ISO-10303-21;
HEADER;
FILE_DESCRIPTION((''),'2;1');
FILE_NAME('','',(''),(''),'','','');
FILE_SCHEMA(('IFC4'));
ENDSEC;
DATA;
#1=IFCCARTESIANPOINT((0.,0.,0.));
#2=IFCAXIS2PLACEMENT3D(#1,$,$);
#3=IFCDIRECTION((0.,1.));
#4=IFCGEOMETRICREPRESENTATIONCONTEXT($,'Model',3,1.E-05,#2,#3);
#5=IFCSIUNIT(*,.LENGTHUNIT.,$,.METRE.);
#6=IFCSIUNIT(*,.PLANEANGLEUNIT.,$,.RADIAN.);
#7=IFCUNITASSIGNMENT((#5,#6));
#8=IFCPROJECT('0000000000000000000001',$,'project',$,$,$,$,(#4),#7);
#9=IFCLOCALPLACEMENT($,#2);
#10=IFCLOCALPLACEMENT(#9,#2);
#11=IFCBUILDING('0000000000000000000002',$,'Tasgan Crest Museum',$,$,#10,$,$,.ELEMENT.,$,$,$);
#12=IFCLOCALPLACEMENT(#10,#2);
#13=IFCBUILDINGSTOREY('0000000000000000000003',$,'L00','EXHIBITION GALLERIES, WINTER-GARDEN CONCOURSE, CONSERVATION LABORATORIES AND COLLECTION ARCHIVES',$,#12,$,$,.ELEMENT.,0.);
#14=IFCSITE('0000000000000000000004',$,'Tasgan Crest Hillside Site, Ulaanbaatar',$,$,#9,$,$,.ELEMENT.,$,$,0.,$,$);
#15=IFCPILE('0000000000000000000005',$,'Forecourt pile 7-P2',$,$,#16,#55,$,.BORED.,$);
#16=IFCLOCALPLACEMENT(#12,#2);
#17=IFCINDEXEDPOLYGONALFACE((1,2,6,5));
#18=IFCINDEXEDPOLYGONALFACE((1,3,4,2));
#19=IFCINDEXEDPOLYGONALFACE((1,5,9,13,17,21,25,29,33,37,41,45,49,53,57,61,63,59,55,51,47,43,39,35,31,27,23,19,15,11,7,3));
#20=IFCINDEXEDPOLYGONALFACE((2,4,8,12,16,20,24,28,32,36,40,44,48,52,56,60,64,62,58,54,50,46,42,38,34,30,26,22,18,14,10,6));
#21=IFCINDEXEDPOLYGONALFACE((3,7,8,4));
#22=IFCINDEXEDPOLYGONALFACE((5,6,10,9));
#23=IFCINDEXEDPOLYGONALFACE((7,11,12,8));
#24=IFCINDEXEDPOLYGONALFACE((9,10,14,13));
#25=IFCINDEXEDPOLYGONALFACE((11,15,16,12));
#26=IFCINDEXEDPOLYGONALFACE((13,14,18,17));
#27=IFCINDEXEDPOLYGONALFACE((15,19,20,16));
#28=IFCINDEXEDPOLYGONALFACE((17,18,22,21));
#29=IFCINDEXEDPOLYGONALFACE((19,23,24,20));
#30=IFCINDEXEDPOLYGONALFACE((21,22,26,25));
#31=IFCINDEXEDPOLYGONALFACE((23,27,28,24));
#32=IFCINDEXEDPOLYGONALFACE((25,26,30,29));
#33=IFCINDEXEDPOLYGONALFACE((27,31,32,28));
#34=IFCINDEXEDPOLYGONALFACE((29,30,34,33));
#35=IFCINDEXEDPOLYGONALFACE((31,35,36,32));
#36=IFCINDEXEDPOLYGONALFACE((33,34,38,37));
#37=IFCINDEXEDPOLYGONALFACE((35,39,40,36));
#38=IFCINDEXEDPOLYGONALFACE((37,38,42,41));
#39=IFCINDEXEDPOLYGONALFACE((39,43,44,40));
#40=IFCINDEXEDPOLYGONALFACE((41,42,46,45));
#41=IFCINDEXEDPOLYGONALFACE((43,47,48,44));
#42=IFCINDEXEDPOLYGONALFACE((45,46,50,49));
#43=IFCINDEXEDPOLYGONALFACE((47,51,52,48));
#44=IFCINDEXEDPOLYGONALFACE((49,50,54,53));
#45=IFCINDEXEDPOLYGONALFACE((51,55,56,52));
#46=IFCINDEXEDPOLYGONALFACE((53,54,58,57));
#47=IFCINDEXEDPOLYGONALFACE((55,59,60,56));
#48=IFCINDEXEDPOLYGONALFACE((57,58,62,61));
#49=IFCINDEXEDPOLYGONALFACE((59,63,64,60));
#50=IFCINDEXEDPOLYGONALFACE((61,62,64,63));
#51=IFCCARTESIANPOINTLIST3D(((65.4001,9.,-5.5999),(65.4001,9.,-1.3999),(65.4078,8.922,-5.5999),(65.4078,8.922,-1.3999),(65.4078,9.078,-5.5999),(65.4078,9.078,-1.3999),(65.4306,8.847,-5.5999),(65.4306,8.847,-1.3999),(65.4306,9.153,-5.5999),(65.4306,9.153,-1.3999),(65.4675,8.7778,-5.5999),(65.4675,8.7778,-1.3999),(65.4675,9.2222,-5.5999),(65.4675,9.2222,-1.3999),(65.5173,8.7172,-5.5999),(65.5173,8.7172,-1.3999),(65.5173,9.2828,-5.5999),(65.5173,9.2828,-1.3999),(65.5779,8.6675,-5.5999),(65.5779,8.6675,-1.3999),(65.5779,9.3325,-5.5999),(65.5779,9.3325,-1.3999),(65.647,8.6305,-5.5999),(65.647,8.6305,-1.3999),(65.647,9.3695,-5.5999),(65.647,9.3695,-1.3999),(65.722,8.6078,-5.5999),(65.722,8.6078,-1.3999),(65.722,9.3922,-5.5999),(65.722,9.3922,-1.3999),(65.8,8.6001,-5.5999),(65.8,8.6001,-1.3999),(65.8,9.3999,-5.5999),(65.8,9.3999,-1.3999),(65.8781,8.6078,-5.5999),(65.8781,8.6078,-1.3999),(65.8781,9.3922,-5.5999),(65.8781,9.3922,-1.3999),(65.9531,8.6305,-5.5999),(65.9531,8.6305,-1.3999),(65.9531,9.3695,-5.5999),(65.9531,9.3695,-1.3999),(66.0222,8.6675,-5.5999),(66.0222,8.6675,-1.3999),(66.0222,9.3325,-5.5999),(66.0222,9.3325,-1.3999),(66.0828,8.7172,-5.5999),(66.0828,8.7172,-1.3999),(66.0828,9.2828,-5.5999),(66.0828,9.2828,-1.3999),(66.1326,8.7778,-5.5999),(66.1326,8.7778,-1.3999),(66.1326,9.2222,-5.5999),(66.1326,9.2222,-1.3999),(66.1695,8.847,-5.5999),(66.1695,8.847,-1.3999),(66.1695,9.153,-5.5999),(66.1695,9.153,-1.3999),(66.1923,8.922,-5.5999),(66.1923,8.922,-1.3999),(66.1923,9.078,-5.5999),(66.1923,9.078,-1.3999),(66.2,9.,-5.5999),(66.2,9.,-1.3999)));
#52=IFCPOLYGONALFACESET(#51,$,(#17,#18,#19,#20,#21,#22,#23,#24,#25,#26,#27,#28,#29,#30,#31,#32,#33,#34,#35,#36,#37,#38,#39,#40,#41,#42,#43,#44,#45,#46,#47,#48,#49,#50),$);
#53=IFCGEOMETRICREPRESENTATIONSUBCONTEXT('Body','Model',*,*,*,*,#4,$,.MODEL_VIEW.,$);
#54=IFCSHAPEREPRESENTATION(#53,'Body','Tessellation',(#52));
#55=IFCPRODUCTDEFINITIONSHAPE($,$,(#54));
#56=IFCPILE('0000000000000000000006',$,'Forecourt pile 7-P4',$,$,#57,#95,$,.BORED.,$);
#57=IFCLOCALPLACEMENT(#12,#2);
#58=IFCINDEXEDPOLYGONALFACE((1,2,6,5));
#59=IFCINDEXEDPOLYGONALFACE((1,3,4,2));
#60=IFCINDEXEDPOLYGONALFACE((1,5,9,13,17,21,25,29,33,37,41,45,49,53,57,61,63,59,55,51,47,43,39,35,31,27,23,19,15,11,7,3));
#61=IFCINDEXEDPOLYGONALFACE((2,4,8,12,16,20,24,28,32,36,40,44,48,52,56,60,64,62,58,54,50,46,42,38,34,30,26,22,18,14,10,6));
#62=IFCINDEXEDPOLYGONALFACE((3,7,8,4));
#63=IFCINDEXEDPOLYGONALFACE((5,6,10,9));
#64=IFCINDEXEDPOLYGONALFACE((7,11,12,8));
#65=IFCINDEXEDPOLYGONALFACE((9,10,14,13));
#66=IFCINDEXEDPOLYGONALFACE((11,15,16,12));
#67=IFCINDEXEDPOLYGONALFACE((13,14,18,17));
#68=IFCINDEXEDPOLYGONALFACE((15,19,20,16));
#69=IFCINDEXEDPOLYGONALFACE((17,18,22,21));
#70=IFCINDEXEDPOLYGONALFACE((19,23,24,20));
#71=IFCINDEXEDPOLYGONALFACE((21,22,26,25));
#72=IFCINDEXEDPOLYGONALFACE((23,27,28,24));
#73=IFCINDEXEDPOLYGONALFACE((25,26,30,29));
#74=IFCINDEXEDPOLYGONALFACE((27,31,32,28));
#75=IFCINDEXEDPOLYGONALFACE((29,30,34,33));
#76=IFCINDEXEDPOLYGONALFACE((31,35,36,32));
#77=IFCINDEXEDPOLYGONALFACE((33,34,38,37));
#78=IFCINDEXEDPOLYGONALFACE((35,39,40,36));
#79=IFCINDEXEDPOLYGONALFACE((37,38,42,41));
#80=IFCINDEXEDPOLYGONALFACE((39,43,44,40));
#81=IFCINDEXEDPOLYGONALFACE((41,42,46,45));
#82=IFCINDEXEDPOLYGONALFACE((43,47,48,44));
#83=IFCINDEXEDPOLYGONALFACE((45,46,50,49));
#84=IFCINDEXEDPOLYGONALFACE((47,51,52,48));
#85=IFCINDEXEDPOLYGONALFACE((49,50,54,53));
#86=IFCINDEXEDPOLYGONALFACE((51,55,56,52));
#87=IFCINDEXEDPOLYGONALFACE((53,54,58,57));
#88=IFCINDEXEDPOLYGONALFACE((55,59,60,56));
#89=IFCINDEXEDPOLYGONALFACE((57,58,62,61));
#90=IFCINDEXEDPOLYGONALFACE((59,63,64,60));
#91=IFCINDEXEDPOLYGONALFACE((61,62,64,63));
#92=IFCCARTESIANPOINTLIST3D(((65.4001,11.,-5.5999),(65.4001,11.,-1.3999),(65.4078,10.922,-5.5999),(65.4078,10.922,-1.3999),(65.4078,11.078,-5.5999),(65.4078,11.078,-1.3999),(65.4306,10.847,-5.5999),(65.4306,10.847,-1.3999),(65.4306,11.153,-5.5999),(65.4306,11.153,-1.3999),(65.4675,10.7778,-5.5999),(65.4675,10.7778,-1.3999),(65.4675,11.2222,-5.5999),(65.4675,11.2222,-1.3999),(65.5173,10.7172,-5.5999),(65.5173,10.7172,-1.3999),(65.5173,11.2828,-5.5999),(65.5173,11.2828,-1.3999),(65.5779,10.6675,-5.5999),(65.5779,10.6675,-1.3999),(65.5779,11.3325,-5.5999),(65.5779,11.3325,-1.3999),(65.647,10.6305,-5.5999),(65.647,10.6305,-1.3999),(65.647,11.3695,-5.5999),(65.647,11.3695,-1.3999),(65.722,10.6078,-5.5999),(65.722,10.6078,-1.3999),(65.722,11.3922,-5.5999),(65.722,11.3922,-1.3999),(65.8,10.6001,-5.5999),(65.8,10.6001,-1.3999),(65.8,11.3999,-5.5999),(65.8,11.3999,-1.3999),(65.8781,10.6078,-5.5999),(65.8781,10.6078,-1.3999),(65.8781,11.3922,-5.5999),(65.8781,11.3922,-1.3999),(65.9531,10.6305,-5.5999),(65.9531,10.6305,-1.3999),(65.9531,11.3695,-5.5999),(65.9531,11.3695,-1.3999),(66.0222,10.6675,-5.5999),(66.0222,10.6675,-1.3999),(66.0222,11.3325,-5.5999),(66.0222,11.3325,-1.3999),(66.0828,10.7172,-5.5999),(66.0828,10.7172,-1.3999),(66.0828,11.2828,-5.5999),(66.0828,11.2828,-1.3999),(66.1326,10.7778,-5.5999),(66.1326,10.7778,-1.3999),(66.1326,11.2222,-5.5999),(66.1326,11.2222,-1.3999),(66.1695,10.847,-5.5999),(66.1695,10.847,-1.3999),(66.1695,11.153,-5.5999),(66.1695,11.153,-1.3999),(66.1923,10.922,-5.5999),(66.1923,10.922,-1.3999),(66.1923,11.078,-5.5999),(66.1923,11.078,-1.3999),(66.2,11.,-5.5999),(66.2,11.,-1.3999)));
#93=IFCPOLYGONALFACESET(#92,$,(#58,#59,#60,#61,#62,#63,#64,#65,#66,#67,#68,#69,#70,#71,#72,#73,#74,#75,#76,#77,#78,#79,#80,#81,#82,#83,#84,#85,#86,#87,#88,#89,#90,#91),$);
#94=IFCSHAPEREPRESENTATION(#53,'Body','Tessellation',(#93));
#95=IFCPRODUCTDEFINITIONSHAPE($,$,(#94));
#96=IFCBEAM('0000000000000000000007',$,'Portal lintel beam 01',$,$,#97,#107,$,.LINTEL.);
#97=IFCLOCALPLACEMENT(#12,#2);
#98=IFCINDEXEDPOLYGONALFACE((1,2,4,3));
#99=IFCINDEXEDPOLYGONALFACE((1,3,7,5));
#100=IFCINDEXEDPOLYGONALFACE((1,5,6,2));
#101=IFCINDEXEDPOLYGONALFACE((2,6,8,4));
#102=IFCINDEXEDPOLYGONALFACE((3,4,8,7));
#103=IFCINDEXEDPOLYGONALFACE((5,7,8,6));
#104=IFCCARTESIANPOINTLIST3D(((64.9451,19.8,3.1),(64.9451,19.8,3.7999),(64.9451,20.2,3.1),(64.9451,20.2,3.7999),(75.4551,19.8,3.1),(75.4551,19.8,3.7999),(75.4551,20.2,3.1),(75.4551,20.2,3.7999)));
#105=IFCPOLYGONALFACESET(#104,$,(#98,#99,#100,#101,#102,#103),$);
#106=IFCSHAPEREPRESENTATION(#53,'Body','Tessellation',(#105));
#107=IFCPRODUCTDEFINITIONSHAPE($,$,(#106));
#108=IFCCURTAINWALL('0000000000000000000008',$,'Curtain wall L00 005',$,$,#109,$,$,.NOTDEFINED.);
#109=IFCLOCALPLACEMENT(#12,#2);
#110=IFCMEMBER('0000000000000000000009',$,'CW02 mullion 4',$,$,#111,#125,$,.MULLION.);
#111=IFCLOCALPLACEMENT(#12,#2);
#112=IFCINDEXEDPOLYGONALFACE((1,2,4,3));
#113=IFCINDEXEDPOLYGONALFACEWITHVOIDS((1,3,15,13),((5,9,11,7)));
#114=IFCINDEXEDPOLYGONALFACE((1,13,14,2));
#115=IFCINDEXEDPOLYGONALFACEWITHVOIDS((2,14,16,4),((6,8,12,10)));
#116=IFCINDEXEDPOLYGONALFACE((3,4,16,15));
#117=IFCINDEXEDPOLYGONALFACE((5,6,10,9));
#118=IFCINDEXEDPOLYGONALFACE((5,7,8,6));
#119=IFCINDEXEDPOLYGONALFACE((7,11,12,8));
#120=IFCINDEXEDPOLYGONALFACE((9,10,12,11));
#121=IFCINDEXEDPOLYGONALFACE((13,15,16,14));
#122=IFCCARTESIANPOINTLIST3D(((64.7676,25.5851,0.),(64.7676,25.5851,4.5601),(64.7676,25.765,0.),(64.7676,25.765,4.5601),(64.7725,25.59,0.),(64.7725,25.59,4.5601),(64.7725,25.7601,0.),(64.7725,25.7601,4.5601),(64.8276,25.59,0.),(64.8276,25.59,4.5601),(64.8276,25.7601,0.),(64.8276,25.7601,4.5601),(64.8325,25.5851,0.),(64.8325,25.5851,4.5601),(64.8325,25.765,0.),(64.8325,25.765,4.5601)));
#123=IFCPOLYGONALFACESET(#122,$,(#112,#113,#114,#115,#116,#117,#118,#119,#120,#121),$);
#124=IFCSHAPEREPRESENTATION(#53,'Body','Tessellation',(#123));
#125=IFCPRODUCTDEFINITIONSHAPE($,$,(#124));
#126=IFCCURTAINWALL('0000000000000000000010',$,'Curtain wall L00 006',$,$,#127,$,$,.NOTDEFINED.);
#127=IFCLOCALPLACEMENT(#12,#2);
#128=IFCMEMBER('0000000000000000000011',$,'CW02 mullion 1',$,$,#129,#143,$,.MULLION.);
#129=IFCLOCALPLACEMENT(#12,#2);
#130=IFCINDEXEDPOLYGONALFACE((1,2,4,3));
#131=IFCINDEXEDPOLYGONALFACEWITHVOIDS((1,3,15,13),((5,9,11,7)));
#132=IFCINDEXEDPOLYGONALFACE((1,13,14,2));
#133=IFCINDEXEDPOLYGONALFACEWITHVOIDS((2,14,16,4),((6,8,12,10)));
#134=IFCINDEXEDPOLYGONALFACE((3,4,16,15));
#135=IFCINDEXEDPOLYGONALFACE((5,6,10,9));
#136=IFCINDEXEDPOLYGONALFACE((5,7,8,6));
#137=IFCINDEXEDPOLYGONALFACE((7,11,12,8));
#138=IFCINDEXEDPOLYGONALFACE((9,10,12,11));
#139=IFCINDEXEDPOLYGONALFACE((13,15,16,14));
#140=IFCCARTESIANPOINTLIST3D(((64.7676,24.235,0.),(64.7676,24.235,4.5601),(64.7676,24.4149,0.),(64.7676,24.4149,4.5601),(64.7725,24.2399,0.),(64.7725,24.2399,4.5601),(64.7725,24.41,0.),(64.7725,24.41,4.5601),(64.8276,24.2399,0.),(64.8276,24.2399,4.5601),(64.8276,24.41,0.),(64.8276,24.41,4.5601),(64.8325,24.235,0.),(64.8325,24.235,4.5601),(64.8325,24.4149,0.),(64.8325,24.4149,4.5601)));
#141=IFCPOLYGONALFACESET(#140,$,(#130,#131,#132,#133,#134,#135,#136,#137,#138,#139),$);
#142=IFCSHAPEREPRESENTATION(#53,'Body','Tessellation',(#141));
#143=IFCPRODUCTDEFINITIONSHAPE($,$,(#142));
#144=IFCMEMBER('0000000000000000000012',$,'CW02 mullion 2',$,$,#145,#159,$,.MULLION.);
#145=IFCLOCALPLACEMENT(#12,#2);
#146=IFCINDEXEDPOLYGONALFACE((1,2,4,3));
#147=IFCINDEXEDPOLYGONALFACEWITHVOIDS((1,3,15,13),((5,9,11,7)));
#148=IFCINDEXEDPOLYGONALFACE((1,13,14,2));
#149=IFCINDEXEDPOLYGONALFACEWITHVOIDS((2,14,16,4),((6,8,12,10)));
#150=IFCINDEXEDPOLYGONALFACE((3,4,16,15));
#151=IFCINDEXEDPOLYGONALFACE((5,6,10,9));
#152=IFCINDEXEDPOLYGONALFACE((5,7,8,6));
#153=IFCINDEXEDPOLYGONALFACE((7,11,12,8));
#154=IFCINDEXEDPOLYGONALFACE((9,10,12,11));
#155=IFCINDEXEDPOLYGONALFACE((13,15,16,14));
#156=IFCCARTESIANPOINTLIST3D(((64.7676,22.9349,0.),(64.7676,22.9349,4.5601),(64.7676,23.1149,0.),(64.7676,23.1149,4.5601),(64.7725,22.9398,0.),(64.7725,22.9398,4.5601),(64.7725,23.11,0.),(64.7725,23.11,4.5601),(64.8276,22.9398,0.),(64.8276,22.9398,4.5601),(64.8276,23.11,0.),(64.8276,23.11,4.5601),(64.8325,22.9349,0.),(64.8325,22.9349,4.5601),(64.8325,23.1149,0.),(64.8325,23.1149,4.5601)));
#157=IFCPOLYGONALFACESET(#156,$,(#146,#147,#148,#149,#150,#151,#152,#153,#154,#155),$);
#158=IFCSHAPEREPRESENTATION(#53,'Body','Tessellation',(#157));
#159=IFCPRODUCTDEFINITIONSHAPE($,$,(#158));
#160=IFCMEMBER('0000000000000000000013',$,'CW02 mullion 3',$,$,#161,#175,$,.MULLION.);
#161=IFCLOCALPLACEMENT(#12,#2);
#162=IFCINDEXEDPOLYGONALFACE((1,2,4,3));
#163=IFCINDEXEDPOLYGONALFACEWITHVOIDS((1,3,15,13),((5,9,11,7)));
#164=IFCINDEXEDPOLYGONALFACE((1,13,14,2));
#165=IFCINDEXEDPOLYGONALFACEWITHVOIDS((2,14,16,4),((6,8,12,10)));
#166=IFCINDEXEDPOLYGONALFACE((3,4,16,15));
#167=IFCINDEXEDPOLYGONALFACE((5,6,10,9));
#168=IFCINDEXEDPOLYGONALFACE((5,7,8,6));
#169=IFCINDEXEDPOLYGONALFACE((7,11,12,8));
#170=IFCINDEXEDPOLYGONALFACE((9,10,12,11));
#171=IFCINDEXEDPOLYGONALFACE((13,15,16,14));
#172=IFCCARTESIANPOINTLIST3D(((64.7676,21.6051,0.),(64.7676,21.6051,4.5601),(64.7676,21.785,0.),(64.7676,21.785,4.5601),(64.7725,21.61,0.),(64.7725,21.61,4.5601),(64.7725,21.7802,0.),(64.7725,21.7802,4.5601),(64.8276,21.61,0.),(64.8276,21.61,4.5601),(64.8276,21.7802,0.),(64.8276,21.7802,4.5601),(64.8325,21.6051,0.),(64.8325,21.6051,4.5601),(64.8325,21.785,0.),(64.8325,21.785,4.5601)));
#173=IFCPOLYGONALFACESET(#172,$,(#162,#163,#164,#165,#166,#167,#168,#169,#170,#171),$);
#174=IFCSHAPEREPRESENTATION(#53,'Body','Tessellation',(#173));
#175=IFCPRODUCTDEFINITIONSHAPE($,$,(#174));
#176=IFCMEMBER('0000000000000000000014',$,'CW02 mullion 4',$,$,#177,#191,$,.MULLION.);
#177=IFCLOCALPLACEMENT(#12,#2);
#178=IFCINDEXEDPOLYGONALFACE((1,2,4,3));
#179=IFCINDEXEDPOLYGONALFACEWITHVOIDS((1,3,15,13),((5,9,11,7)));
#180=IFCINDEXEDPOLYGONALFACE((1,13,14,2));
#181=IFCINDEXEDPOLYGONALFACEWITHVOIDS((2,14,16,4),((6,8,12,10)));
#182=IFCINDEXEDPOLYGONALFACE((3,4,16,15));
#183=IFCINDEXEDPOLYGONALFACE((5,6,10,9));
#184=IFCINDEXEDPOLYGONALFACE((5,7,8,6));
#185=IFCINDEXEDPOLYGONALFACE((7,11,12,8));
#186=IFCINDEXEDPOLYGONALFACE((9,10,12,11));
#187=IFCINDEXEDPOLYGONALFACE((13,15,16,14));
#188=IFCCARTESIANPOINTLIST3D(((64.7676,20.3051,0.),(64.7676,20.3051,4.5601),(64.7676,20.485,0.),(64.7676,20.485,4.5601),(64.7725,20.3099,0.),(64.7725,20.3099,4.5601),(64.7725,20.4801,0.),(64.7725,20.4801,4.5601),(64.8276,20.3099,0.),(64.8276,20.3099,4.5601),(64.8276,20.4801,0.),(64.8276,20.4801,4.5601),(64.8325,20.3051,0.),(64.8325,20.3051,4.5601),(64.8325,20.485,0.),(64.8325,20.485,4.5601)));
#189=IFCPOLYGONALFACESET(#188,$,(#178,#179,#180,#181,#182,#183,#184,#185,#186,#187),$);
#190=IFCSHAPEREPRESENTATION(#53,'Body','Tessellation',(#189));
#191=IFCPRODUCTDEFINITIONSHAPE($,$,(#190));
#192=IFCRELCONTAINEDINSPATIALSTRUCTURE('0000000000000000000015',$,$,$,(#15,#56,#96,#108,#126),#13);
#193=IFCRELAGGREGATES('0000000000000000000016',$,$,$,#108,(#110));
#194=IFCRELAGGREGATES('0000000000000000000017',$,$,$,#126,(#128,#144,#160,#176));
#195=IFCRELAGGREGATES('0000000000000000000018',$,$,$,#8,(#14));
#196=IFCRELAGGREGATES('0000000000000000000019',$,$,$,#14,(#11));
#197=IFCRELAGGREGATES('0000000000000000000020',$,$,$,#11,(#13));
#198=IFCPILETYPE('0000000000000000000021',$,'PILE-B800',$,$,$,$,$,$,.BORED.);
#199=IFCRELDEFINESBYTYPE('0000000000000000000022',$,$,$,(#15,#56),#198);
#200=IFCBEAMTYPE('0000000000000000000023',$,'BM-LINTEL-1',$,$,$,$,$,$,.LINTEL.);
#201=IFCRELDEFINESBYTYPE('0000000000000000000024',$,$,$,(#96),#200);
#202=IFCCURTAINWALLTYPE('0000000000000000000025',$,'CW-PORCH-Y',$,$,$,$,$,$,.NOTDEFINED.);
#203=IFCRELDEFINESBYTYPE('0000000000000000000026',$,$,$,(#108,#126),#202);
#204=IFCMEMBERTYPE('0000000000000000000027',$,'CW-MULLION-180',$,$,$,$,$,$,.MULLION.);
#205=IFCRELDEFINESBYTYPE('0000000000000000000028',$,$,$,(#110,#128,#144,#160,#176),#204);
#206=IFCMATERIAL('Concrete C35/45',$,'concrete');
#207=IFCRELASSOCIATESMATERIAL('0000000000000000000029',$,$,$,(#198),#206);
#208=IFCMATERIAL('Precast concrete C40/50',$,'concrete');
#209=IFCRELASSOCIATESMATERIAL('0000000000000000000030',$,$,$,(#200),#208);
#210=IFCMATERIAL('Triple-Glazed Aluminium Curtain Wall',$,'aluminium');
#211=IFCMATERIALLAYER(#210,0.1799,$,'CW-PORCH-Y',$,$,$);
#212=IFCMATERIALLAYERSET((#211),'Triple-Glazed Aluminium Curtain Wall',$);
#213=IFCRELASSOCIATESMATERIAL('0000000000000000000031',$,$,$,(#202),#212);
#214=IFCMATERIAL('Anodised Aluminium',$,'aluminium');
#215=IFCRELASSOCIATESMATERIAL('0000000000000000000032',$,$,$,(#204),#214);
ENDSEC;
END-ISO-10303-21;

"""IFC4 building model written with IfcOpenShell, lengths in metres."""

from ifc_helpers import new_model, si_unit, direction, frame, origin, origin_2d, place, context, subcontext, project, spatial, rectangle, hollow_rectangle, circle, extrude, material, layer, layer_set, material_profile, profile_set, type_object, element, aggregate, save


model = new_model("IFC4")

# Units and contexts
model_context = context("Model", 3, precision=1e-05, world=origin(), true_north=direction((0.0, 1.0)))
body_context = subcontext(model_context, "Body", "Model", "MODEL_VIEW")
ifc_project = project(units=[si_unit("LENGTHUNIT", "METRE"), si_unit("PLANEANGLEUNIT", "RADIAN")], contexts=[model_context])

# Site, building, storey
site_placement = place(None, origin())
site = spatial("IfcSite", under=ifc_project, at=site_placement, Name="Tasgan Crest Hillside Site, Ulaanbaatar", CompositionType="ELEMENT", RefElevation=0.0)
building_placement = place(site_placement, origin())
building = spatial("IfcBuilding", under=site, at=building_placement, Name="Tasgan Crest Museum", CompositionType="ELEMENT")
storey_placement = place(building_placement, origin())
storey = spatial("IfcBuildingStorey", under=building, at=storey_placement, Name="L00", Description="EXHIBITION GALLERIES, WINTER-GARDEN CONCOURSE, CONSERVATION LABORATORIES AND COLLECTION ARCHIVES", CompositionType="ELEMENT", Elevation=0.0)

# Piles
ifc_material_1 = material(Name="Concrete C35/45", Category="concrete")
ifc_material_profile_1 = material_profile(ifc_material_1, circle(Radius=0.3999, at=origin_2d()), Name="PILE D800")
ifc_profile_set_1 = profile_set([ifc_material_profile_1], Name="Concrete C35/45")
pile_type = type_object("IfcPileType", Name="PILE-B800", PredefinedType="BORED", material=ifc_profile_set_1)
for number, where, z_axis, x_axis, name in (
    (1, (65.8, 9.0, -1.3999), (0.0, 0.0, -1.0), (1.0, 0.0, 0.0), "Forecourt pile 7-P2"),
    (2, (65.8, 11.0, -1.3999), (0.0, 0.0, -1.0), (1.0, 0.0, 0.0), "Forecourt pile 7-P4"),
):
    element("IfcPile", number, at=place(storey_placement, frame(where, z_axis=z_axis, x_axis=x_axis)), inside=storey, type_object=pile_type, Name=name, PredefinedType="BORED", context=body_context, shape_type="SweptSolid", body=[
        extrude(circle(Radius=0.3999, at=origin_2d()), origin(), (0.0, 0.0, 1.0), 4.2),
    ])

# Beam
ifc_material_2 = material(Name="Precast concrete C40/50", Category="concrete")
ifc_material_profile_2 = material_profile(ifc_material_2, rectangle(XDim=0.3999, YDim=0.7, at=origin_2d()), Name="RC 400x700")
ifc_profile_set_2 = profile_set([ifc_material_profile_2], Name="Precast concrete C40/50")
beam_type = type_object("IfcBeamType", Name="BM-LINTEL-1", PredefinedType="LINTEL", material=ifc_profile_set_2)
beam_placement = place(storey_placement, frame((64.9451, 20.0, 3.45), z_axis=(1.0, 0.0, 0.0), x_axis=(0.0, 1.0, 0.0)))
element("IfcBeam", 3, at=beam_placement, inside=storey, type_object=beam_type, Name="Portal lintel beam 01", PredefinedType="LINTEL", context=body_context, shape_type="SweptSolid", body=[
    extrude(rectangle(XDim=0.3999, YDim=0.7, at=origin_2d()), origin(), (0.0, 0.0, 1.0), 10.51),
])

# Curtain wall, member
ifc_material_3 = material(Name="Triple-Glazed Aluminium Curtain Wall", Category="aluminium")
ifc_layer_1 = layer(ifc_material_3, 0.1799, Name="CW-PORCH-Y")
ifc_layer_set_1 = layer_set([ifc_layer_1], Name="Triple-Glazed Aluminium Curtain Wall")
curtain_wall_type = type_object("IfcCurtainWallType", Name="CW-PORCH-Y", PredefinedType="NOTDEFINED", material=ifc_layer_set_1)
curtain_wall_1_placement = place(storey_placement, origin())
curtain_wall_1 = element("IfcCurtainWall", 4, at=curtain_wall_1_placement, inside=storey, type_object=curtain_wall_type, Name="Curtain wall L00 005", PredefinedType="NOTDEFINED")
ifc_material_4 = material(Name="Anodised Aluminium", Category="aluminium")
ifc_material_profile_3 = material_profile(ifc_material_4, hollow_rectangle(XDim=0.0649, YDim=0.1799, WallThickness=0.0049, at=origin_2d()), Name="ALU MULLION 180x65x5")
ifc_profile_set_3 = profile_set([ifc_material_profile_3], Name="Anodised Aluminium")
member_type_1 = type_object("IfcMemberType", Name="CW-MULLION-180", PredefinedType="MULLION", material=ifc_profile_set_3)
member_1_placement = place(storey_placement, frame((64.8, 25.675, 0.0), z_axis=(0.0, 0.0, 1.0), x_axis=(1.0, 0.0, 0.0)))
member_1 = element("IfcMember", 5, at=member_1_placement, type_object=member_type_1, Name="CW02 mullion 4", PredefinedType="MULLION", context=body_context, shape_type="SweptSolid", body=[
    extrude(hollow_rectangle(XDim=0.0649, YDim=0.1799, WallThickness=0.0049, at=origin_2d()), origin(), (0.0, 0.0, 1.0), 4.5601),
])

# Curtain wall, members
curtain_wall_2_placement = place(storey_placement, origin())
curtain_wall_2 = element("IfcCurtainWall", 6, at=curtain_wall_2_placement, inside=storey, type_object=curtain_wall_type, Name="Curtain wall L00 006", PredefinedType="NOTDEFINED")
member_2_placement = place(storey_placement, frame((64.8, 24.325, 0.0), z_axis=(0.0, 0.0, 1.0), x_axis=(1.0, 0.0, 0.0)))
member_2 = element("IfcMember", 7, at=member_2_placement, type_object=member_type_1, Name="CW02 mullion 1", PredefinedType="MULLION", context=body_context, shape_type="SweptSolid", body=[
    extrude(hollow_rectangle(XDim=0.0649, YDim=0.1799, WallThickness=0.0049, at=origin_2d()), origin(), (0.0, 0.0, 1.0), 4.5601),
])
member_3_placement = place(storey_placement, frame((64.8, 23.0249, 0.0), z_axis=(0.0, 0.0, 1.0), x_axis=(1.0, 0.0, 0.0)))
member_3 = element("IfcMember", 8, at=member_3_placement, type_object=member_type_1, Name="CW02 mullion 2", PredefinedType="MULLION", context=body_context, shape_type="SweptSolid", body=[
    extrude(hollow_rectangle(XDim=0.0649, YDim=0.1799, WallThickness=0.0049, at=origin_2d()), origin(), (0.0, 0.0, 1.0), 4.5601),
])
member_4_placement = place(storey_placement, frame((64.8, 21.6951, 0.0), z_axis=(0.0, 0.0, 1.0), x_axis=(1.0, 0.0, 0.0)))
member_4 = element("IfcMember", 9, at=member_4_placement, type_object=member_type_1, Name="CW02 mullion 3", PredefinedType="MULLION", context=body_context, shape_type="SweptSolid", body=[
    extrude(hollow_rectangle(XDim=0.0649, YDim=0.1799, WallThickness=0.0049, at=origin_2d()), origin(), (0.0, 0.0, 1.0), 4.5601),
])
member_5_placement = place(storey_placement, frame((64.8, 20.395, 0.0), z_axis=(0.0, 0.0, 1.0), x_axis=(1.0, 0.0, 0.0)))
member_5 = element("IfcMember", 10, at=member_5_placement, type_object=member_type_1, Name="CW02 mullion 4", PredefinedType="MULLION", context=body_context, shape_type="SweptSolid", body=[
    extrude(hollow_rectangle(XDim=0.0649, YDim=0.1799, WallThickness=0.0049, at=origin_2d()), origin(), (0.0, 0.0, 1.0), 4.5601),
])

aggregate(curtain_wall_1, [member_1])
aggregate(curtain_wall_2, [member_2, member_3, member_4, member_5])

save(model, "model.ifc")
